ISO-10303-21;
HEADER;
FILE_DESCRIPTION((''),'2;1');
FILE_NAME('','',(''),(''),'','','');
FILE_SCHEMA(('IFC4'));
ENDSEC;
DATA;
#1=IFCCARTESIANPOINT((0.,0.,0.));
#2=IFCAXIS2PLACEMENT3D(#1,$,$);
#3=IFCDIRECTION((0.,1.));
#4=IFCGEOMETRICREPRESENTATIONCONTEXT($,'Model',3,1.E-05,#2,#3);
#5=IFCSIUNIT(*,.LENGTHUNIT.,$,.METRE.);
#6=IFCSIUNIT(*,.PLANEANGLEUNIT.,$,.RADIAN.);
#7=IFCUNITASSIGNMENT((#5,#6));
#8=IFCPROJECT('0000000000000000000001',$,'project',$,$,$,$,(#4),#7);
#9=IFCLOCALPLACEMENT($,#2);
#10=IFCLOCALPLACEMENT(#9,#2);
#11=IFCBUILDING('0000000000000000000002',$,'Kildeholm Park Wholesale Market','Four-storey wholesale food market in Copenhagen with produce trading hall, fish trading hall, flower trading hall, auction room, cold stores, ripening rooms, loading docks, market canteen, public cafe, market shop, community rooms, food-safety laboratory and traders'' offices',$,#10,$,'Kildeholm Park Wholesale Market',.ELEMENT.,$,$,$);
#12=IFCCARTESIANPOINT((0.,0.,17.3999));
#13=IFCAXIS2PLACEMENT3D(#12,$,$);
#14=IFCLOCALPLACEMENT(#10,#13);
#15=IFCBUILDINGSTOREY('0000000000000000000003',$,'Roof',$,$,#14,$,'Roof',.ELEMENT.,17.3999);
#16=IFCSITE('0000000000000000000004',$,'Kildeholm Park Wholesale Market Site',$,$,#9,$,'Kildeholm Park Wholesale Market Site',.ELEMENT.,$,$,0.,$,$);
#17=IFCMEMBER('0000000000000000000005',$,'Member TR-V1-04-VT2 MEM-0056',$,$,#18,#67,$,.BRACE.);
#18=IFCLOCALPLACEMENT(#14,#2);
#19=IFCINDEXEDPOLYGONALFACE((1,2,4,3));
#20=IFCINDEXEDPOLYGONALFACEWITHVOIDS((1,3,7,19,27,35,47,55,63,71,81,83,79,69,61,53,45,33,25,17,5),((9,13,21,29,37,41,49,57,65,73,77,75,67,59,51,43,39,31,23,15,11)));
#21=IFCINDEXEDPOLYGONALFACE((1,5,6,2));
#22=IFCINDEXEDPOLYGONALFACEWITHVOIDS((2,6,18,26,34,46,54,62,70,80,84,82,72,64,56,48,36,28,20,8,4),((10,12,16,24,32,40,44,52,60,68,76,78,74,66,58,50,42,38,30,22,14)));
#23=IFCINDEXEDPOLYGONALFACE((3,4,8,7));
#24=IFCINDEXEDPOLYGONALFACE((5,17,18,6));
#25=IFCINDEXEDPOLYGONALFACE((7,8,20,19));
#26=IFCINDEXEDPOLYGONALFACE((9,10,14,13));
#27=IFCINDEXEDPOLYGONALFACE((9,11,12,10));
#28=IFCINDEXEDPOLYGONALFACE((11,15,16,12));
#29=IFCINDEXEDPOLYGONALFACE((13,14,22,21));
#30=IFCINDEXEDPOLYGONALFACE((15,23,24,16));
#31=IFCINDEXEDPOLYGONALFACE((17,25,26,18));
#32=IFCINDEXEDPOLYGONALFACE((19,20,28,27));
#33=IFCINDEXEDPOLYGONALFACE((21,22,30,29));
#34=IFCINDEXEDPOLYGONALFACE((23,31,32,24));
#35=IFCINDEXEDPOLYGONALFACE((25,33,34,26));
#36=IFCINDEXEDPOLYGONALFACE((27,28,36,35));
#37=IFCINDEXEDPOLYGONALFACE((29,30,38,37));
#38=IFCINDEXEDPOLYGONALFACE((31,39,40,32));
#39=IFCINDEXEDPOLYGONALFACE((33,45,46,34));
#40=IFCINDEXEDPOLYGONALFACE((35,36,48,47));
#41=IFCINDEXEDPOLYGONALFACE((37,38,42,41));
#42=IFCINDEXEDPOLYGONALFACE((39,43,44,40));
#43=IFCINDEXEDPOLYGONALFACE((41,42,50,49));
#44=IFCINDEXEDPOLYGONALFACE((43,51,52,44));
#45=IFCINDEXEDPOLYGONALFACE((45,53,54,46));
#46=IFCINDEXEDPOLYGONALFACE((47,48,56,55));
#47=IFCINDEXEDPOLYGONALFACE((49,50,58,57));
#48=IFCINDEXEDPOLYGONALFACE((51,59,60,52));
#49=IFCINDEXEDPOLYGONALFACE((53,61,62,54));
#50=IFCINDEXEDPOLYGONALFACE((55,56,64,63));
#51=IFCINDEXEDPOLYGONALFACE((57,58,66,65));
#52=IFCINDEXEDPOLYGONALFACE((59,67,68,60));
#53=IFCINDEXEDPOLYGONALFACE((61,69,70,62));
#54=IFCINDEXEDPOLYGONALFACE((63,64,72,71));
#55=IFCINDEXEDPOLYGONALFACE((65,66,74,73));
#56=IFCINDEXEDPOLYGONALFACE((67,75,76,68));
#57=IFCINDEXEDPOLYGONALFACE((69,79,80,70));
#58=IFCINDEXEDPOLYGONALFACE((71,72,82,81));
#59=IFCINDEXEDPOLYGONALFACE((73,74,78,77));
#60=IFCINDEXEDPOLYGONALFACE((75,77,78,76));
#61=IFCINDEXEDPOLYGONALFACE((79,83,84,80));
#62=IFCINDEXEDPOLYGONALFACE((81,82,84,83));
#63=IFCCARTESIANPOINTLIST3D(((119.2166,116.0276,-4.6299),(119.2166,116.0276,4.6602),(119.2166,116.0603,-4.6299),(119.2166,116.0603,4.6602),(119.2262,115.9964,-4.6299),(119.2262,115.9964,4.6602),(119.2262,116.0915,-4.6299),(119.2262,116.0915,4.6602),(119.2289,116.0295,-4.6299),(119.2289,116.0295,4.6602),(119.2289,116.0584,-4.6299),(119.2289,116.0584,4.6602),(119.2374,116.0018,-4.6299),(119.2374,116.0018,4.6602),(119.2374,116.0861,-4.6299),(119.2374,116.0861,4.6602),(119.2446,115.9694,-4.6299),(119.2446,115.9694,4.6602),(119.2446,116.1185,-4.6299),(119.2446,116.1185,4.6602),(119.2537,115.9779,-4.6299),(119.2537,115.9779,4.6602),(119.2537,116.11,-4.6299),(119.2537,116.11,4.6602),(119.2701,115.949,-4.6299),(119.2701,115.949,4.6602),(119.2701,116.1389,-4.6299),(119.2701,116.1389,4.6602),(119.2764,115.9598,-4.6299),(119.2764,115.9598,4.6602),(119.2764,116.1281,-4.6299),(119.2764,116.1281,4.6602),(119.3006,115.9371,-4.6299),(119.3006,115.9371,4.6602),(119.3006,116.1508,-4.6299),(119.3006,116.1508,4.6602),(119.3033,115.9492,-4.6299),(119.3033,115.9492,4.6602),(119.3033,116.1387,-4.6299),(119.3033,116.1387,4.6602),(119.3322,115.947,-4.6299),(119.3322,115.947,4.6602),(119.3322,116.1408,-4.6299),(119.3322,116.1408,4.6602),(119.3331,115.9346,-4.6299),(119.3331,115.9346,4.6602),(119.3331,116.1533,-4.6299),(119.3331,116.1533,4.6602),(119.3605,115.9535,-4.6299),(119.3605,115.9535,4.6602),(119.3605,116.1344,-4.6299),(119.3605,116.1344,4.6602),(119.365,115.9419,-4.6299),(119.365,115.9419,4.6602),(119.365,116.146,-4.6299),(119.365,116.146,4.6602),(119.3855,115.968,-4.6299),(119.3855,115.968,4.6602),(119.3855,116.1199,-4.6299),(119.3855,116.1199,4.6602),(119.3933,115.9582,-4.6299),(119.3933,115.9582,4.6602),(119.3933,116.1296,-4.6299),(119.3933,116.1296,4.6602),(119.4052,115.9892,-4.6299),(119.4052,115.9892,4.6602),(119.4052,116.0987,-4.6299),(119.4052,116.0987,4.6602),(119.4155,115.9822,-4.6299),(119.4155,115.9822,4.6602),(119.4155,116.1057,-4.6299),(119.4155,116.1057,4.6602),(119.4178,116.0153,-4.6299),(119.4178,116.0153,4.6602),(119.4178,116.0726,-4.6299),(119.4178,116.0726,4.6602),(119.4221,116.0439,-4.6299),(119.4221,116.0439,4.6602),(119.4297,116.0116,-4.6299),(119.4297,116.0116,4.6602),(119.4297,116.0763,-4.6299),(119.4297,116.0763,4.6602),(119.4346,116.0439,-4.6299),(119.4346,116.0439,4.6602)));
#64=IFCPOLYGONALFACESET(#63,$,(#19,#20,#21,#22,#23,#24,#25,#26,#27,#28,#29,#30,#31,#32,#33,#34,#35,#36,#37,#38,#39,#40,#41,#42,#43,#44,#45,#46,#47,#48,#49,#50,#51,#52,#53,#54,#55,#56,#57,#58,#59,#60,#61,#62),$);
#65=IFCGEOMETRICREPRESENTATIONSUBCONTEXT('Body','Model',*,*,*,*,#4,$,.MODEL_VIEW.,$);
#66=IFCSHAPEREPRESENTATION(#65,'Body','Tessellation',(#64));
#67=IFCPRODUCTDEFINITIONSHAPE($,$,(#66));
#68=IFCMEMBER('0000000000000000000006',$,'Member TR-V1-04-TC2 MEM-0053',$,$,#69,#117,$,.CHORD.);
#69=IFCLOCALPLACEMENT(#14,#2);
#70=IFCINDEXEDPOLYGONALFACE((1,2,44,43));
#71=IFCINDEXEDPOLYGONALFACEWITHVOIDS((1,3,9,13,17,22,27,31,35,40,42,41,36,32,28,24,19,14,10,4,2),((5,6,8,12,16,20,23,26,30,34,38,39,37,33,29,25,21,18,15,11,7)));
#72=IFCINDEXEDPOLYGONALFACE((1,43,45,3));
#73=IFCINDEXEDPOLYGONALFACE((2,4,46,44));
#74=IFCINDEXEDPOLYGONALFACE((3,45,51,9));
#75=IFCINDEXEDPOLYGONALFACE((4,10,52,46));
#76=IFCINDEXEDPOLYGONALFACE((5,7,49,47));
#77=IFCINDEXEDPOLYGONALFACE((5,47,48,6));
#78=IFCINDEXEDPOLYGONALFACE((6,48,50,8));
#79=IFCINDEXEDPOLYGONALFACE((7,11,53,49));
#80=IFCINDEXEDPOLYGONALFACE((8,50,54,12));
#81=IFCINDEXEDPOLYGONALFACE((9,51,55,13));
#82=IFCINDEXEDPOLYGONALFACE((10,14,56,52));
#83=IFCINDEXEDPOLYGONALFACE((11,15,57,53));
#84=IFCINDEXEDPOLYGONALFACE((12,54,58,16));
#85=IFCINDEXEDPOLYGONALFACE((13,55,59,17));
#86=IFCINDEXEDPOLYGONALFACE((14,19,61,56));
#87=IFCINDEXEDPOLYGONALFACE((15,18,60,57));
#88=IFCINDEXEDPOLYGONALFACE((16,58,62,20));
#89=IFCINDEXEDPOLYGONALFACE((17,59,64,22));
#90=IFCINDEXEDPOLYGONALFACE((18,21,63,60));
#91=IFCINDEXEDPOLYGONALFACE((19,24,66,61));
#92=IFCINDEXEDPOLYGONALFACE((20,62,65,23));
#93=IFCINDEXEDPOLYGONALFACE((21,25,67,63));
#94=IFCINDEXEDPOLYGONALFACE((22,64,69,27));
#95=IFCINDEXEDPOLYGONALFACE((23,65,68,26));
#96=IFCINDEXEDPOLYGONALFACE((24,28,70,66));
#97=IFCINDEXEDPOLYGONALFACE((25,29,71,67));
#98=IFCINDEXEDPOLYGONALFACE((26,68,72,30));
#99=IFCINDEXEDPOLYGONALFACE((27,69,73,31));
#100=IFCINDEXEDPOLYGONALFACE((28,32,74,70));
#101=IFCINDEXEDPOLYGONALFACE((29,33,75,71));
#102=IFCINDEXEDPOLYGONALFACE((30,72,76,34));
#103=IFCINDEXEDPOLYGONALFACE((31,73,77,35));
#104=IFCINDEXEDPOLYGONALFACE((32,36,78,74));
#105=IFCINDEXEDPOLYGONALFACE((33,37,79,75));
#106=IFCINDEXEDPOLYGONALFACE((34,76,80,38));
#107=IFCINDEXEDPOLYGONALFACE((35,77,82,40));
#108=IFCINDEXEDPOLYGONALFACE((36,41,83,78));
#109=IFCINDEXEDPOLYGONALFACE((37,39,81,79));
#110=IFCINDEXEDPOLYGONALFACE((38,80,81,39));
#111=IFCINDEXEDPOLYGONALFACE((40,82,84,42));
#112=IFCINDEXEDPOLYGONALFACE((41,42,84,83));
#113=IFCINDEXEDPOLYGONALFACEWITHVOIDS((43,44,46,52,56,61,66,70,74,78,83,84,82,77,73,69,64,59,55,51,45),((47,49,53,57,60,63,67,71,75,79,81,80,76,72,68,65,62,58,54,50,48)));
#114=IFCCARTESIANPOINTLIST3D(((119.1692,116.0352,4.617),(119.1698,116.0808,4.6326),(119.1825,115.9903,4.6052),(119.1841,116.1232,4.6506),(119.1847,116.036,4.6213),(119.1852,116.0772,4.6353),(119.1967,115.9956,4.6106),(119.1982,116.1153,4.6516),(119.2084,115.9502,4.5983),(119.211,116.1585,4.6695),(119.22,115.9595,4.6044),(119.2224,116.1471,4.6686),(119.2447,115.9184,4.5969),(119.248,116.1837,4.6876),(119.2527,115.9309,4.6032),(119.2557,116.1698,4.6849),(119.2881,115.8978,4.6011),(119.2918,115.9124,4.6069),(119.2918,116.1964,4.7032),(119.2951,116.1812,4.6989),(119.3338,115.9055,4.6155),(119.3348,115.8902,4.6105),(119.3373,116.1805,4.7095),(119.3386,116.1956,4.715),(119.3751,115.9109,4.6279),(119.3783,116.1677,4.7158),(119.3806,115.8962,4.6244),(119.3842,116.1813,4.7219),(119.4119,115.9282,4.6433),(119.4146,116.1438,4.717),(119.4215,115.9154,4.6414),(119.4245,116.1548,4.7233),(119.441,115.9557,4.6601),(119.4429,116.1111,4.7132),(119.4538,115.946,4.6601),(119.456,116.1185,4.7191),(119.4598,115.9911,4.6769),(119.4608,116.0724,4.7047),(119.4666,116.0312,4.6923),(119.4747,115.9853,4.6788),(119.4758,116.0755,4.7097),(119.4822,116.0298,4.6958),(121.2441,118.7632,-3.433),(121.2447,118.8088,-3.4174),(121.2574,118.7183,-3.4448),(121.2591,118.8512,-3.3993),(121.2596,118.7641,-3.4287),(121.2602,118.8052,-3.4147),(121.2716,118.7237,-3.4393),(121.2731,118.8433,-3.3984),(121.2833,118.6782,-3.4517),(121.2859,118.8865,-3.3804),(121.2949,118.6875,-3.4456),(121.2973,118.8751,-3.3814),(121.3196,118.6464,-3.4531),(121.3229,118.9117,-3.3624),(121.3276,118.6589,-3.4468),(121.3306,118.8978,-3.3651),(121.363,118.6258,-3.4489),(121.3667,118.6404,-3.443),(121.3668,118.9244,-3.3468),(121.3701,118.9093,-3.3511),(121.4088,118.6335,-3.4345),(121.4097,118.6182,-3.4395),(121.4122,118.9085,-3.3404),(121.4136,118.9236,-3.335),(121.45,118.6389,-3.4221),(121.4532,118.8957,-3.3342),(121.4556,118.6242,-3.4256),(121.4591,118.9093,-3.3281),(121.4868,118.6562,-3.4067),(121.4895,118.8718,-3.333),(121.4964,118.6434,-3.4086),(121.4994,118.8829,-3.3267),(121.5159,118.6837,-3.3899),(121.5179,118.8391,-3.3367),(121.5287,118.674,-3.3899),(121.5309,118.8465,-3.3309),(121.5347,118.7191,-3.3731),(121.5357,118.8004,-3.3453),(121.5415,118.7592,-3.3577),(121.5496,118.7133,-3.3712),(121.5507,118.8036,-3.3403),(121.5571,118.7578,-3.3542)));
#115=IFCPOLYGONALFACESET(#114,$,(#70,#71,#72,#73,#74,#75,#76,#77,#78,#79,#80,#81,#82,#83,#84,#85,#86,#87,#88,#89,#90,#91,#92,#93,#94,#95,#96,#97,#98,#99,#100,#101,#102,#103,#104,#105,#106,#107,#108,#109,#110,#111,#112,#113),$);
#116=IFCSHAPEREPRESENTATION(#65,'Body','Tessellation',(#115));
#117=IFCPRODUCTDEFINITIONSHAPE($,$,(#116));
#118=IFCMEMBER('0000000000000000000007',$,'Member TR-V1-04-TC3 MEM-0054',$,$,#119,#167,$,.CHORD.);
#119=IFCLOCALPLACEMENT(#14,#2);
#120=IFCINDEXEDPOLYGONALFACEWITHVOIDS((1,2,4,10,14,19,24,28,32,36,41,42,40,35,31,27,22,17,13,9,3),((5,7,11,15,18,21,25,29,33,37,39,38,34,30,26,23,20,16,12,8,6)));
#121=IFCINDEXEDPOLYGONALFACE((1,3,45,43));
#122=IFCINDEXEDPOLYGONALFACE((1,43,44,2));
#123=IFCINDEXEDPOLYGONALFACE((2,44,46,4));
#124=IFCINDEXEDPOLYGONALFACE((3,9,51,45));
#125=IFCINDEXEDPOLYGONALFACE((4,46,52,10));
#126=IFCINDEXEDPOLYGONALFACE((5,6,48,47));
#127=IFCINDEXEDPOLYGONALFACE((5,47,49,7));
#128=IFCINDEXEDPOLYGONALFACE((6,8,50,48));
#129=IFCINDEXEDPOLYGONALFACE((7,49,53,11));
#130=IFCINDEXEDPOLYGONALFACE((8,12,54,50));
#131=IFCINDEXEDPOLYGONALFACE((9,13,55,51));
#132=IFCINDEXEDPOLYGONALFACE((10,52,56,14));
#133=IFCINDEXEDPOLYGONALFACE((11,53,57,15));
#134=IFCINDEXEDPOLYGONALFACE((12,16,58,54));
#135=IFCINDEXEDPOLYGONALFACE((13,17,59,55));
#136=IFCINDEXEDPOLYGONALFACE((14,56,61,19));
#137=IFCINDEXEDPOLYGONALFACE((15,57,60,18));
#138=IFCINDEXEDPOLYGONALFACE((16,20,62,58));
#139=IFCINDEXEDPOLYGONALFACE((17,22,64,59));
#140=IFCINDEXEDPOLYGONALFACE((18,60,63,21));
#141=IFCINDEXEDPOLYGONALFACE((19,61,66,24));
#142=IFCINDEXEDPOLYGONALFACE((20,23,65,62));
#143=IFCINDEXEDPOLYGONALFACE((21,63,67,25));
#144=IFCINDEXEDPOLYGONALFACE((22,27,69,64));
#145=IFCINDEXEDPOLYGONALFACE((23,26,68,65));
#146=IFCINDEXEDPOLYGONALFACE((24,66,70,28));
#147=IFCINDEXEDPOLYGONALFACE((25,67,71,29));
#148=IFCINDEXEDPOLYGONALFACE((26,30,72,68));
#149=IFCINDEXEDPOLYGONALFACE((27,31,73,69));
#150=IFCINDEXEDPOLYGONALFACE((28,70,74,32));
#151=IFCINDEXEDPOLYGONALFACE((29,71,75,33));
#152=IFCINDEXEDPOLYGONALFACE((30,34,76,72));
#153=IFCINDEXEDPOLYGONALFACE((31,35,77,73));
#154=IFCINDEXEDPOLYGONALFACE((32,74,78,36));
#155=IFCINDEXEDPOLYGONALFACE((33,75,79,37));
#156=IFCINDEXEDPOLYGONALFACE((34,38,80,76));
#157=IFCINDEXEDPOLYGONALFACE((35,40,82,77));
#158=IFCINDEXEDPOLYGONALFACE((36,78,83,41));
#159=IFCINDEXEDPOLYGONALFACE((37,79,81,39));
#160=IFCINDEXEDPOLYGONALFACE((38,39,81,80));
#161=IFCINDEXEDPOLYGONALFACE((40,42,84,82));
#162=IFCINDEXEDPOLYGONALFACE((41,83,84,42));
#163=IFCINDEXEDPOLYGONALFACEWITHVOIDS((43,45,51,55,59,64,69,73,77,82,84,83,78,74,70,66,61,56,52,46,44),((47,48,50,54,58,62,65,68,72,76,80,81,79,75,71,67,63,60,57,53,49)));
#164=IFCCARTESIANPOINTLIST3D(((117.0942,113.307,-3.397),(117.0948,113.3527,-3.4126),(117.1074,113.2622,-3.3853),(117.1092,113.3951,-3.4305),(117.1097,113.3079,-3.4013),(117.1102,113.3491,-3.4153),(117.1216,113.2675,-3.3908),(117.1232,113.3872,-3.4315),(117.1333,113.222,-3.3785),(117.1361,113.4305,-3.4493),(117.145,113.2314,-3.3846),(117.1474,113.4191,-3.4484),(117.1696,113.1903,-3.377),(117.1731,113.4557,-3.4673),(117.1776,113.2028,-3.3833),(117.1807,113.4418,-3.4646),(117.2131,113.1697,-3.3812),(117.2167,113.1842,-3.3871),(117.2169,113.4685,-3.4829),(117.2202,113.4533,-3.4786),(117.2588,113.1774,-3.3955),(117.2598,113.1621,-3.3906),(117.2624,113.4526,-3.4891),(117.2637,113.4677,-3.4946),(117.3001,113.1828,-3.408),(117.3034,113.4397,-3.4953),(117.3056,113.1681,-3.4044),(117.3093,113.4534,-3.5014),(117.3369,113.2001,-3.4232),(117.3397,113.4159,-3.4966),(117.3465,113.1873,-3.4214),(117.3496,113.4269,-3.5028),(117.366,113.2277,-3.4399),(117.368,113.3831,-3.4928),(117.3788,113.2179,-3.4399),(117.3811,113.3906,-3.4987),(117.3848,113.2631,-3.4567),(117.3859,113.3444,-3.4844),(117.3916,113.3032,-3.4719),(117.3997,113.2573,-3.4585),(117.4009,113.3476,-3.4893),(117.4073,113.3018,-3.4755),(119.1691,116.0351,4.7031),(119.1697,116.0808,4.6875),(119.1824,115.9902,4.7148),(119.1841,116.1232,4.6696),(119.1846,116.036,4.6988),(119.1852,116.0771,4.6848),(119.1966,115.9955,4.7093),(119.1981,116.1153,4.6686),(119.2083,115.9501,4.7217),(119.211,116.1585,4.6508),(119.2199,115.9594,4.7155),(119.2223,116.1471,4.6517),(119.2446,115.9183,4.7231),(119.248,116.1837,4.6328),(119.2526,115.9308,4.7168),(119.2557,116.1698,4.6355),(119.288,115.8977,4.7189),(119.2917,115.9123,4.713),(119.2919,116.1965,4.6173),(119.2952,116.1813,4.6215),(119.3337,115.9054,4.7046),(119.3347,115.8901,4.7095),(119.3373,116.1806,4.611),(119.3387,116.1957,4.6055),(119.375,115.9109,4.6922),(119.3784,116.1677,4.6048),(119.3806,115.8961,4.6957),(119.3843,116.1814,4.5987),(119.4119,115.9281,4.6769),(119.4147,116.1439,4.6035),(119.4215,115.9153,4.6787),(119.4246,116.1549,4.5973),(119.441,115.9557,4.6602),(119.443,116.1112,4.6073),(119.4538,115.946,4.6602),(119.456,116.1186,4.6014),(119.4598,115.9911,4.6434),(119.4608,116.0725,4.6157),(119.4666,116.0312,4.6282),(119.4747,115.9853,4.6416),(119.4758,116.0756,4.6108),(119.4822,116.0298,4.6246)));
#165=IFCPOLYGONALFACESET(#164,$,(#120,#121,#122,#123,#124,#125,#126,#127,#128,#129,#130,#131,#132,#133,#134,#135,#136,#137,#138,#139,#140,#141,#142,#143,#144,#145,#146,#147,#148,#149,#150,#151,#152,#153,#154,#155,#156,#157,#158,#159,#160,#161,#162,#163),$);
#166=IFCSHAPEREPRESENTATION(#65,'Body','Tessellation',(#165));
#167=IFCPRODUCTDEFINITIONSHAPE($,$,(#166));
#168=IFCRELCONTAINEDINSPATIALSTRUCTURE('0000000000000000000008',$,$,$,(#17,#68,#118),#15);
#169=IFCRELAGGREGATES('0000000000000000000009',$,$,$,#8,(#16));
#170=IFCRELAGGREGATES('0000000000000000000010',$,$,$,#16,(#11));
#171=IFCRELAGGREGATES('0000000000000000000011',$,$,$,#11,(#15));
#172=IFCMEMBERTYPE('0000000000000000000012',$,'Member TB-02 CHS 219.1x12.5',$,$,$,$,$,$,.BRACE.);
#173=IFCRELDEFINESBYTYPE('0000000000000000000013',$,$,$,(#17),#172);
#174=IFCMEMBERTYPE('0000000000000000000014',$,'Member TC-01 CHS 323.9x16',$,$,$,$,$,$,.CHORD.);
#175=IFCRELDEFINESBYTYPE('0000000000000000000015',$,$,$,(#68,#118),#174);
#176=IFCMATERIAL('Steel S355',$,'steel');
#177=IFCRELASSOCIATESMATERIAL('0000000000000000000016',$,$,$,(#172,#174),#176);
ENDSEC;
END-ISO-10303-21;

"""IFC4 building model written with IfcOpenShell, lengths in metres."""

from ifc_helpers import new_model, si_unit, direction, frame, origin, origin_2d, place, context, subcontext, project, spatial, hollow_circle, extrude, material, material_profile, profile_set, type_object, element, save


model = new_model("IFC4")

# Units and contexts
model_context = context("Model", 3, precision=1e-05, world=origin(), true_north=direction((0.0, 1.0)))
body_context = subcontext(model_context, "Body", "Model", "MODEL_VIEW")
ifc_project = project(units=[si_unit("LENGTHUNIT", "METRE"), si_unit("PLANEANGLEUNIT", "RADIAN")], contexts=[model_context])

# Site, building, storey
site_placement = place(None, origin())
site = spatial("IfcSite", under=ifc_project, at=site_placement, Name="Kildeholm Park Wholesale Market Site", LongName="Kildeholm Park Wholesale Market Site", CompositionType="ELEMENT", RefElevation=0.0)
building_placement = place(site_placement, origin())
building = spatial("IfcBuilding", under=site, at=building_placement, Name="Kildeholm Park Wholesale Market", Description="Four-storey wholesale food market in Copenhagen with produce trading hall, fish trading hall, flower trading hall, auction room, cold stores, ripening rooms, loading docks, market canteen, public cafe, market shop, community rooms, food-safety laboratory and traders' offices", LongName="Kildeholm Park Wholesale Market", CompositionType="ELEMENT")
storey_placement = place(building_placement, frame((0.0, 0.0, 17.3999)))
storey = spatial("IfcBuildingStorey", under=building, at=storey_placement, Name="Roof", LongName="Roof", CompositionType="ELEMENT", Elevation=17.3999)

# Members
ifc_material_1 = material(Name="Steel S355", Category="steel")
ifc_material_profile_1 = material_profile(ifc_material_1, hollow_circle(Radius=0.1096, WallThickness=0.0125, at=origin_2d()), Name="CHS 219.1x12.5")
ifc_profile_set_1 = profile_set([ifc_material_profile_1], Name="Steel S355")
member_type_1 = type_object("IfcMemberType", Name="Member TB-02 CHS 219.1x12.5", PredefinedType="BRACE", material=ifc_profile_set_1)
member_1_placement = place(storey_placement, frame((119.325, 116.0439, -4.6299), z_axis=(0.0, 0.0, 1.0), x_axis=(1.0, 0.0, 0.0)))
element("IfcMember", 1, at=member_1_placement, inside=storey, type_object=member_type_1, Name="Member TR-V1-04-VT2 MEM-0056", PredefinedType="BRACE", context=body_context, shape_type="SweptSolid", body=[
    extrude(hollow_circle(Radius=0.1096, WallThickness=0.0125, at=origin_2d()), origin(), (0.0, 0.0, 1.0), 9.29),
])
ifc_material_profile_2 = material_profile(ifc_material_1, hollow_circle(Radius=0.1619, WallThickness=0.0161, at=origin_2d()), Name="CHS 323.9x16")
ifc_profile_set_2 = profile_set([ifc_material_profile_2], Name="Steel S355")
member_type_2 = type_object("IfcMemberType", Name="Member TC-01 CHS 323.9x16", PredefinedType="CHORD", material=ifc_profile_set_2)
member_2_placement = place(storey_placement, frame((121.3999, 118.772, -3.3899), z_axis=(-0.237155, -0.311798, 0.920076), x_axis=(0.79593, -0.605388, 0.0)))
element("IfcMember", 2, at=member_2_placement, inside=storey, type_object=member_type_2, Name="Member TR-V1-04-TC2 MEM-0053", PredefinedType="CHORD", context=body_context, shape_type="SweptSolid", body=[
    extrude(hollow_circle(Radius=0.1619, WallThickness=0.0161, at=origin_2d()), origin(), (0.0, 0.0, 1.0), 8.7493),
])
member_3_placement = place(storey_placement, frame((119.325, 116.0439, 4.6602), z_axis=(-0.235913, -0.310165, -0.920947), x_axis=(0.79593, -0.605388, 0.0)))
element("IfcMember", 3, at=member_3_placement, inside=storey, type_object=member_type_2, Name="Member TR-V1-04-TC3 MEM-0054", PredefinedType="CHORD", context=body_context, shape_type="SweptSolid", body=[
    extrude(hollow_circle(Radius=0.1619, WallThickness=0.0161, at=origin_2d()), origin(), (0.0, 0.0, 1.0), 8.7954),
])

save(model, "model.ifc")
